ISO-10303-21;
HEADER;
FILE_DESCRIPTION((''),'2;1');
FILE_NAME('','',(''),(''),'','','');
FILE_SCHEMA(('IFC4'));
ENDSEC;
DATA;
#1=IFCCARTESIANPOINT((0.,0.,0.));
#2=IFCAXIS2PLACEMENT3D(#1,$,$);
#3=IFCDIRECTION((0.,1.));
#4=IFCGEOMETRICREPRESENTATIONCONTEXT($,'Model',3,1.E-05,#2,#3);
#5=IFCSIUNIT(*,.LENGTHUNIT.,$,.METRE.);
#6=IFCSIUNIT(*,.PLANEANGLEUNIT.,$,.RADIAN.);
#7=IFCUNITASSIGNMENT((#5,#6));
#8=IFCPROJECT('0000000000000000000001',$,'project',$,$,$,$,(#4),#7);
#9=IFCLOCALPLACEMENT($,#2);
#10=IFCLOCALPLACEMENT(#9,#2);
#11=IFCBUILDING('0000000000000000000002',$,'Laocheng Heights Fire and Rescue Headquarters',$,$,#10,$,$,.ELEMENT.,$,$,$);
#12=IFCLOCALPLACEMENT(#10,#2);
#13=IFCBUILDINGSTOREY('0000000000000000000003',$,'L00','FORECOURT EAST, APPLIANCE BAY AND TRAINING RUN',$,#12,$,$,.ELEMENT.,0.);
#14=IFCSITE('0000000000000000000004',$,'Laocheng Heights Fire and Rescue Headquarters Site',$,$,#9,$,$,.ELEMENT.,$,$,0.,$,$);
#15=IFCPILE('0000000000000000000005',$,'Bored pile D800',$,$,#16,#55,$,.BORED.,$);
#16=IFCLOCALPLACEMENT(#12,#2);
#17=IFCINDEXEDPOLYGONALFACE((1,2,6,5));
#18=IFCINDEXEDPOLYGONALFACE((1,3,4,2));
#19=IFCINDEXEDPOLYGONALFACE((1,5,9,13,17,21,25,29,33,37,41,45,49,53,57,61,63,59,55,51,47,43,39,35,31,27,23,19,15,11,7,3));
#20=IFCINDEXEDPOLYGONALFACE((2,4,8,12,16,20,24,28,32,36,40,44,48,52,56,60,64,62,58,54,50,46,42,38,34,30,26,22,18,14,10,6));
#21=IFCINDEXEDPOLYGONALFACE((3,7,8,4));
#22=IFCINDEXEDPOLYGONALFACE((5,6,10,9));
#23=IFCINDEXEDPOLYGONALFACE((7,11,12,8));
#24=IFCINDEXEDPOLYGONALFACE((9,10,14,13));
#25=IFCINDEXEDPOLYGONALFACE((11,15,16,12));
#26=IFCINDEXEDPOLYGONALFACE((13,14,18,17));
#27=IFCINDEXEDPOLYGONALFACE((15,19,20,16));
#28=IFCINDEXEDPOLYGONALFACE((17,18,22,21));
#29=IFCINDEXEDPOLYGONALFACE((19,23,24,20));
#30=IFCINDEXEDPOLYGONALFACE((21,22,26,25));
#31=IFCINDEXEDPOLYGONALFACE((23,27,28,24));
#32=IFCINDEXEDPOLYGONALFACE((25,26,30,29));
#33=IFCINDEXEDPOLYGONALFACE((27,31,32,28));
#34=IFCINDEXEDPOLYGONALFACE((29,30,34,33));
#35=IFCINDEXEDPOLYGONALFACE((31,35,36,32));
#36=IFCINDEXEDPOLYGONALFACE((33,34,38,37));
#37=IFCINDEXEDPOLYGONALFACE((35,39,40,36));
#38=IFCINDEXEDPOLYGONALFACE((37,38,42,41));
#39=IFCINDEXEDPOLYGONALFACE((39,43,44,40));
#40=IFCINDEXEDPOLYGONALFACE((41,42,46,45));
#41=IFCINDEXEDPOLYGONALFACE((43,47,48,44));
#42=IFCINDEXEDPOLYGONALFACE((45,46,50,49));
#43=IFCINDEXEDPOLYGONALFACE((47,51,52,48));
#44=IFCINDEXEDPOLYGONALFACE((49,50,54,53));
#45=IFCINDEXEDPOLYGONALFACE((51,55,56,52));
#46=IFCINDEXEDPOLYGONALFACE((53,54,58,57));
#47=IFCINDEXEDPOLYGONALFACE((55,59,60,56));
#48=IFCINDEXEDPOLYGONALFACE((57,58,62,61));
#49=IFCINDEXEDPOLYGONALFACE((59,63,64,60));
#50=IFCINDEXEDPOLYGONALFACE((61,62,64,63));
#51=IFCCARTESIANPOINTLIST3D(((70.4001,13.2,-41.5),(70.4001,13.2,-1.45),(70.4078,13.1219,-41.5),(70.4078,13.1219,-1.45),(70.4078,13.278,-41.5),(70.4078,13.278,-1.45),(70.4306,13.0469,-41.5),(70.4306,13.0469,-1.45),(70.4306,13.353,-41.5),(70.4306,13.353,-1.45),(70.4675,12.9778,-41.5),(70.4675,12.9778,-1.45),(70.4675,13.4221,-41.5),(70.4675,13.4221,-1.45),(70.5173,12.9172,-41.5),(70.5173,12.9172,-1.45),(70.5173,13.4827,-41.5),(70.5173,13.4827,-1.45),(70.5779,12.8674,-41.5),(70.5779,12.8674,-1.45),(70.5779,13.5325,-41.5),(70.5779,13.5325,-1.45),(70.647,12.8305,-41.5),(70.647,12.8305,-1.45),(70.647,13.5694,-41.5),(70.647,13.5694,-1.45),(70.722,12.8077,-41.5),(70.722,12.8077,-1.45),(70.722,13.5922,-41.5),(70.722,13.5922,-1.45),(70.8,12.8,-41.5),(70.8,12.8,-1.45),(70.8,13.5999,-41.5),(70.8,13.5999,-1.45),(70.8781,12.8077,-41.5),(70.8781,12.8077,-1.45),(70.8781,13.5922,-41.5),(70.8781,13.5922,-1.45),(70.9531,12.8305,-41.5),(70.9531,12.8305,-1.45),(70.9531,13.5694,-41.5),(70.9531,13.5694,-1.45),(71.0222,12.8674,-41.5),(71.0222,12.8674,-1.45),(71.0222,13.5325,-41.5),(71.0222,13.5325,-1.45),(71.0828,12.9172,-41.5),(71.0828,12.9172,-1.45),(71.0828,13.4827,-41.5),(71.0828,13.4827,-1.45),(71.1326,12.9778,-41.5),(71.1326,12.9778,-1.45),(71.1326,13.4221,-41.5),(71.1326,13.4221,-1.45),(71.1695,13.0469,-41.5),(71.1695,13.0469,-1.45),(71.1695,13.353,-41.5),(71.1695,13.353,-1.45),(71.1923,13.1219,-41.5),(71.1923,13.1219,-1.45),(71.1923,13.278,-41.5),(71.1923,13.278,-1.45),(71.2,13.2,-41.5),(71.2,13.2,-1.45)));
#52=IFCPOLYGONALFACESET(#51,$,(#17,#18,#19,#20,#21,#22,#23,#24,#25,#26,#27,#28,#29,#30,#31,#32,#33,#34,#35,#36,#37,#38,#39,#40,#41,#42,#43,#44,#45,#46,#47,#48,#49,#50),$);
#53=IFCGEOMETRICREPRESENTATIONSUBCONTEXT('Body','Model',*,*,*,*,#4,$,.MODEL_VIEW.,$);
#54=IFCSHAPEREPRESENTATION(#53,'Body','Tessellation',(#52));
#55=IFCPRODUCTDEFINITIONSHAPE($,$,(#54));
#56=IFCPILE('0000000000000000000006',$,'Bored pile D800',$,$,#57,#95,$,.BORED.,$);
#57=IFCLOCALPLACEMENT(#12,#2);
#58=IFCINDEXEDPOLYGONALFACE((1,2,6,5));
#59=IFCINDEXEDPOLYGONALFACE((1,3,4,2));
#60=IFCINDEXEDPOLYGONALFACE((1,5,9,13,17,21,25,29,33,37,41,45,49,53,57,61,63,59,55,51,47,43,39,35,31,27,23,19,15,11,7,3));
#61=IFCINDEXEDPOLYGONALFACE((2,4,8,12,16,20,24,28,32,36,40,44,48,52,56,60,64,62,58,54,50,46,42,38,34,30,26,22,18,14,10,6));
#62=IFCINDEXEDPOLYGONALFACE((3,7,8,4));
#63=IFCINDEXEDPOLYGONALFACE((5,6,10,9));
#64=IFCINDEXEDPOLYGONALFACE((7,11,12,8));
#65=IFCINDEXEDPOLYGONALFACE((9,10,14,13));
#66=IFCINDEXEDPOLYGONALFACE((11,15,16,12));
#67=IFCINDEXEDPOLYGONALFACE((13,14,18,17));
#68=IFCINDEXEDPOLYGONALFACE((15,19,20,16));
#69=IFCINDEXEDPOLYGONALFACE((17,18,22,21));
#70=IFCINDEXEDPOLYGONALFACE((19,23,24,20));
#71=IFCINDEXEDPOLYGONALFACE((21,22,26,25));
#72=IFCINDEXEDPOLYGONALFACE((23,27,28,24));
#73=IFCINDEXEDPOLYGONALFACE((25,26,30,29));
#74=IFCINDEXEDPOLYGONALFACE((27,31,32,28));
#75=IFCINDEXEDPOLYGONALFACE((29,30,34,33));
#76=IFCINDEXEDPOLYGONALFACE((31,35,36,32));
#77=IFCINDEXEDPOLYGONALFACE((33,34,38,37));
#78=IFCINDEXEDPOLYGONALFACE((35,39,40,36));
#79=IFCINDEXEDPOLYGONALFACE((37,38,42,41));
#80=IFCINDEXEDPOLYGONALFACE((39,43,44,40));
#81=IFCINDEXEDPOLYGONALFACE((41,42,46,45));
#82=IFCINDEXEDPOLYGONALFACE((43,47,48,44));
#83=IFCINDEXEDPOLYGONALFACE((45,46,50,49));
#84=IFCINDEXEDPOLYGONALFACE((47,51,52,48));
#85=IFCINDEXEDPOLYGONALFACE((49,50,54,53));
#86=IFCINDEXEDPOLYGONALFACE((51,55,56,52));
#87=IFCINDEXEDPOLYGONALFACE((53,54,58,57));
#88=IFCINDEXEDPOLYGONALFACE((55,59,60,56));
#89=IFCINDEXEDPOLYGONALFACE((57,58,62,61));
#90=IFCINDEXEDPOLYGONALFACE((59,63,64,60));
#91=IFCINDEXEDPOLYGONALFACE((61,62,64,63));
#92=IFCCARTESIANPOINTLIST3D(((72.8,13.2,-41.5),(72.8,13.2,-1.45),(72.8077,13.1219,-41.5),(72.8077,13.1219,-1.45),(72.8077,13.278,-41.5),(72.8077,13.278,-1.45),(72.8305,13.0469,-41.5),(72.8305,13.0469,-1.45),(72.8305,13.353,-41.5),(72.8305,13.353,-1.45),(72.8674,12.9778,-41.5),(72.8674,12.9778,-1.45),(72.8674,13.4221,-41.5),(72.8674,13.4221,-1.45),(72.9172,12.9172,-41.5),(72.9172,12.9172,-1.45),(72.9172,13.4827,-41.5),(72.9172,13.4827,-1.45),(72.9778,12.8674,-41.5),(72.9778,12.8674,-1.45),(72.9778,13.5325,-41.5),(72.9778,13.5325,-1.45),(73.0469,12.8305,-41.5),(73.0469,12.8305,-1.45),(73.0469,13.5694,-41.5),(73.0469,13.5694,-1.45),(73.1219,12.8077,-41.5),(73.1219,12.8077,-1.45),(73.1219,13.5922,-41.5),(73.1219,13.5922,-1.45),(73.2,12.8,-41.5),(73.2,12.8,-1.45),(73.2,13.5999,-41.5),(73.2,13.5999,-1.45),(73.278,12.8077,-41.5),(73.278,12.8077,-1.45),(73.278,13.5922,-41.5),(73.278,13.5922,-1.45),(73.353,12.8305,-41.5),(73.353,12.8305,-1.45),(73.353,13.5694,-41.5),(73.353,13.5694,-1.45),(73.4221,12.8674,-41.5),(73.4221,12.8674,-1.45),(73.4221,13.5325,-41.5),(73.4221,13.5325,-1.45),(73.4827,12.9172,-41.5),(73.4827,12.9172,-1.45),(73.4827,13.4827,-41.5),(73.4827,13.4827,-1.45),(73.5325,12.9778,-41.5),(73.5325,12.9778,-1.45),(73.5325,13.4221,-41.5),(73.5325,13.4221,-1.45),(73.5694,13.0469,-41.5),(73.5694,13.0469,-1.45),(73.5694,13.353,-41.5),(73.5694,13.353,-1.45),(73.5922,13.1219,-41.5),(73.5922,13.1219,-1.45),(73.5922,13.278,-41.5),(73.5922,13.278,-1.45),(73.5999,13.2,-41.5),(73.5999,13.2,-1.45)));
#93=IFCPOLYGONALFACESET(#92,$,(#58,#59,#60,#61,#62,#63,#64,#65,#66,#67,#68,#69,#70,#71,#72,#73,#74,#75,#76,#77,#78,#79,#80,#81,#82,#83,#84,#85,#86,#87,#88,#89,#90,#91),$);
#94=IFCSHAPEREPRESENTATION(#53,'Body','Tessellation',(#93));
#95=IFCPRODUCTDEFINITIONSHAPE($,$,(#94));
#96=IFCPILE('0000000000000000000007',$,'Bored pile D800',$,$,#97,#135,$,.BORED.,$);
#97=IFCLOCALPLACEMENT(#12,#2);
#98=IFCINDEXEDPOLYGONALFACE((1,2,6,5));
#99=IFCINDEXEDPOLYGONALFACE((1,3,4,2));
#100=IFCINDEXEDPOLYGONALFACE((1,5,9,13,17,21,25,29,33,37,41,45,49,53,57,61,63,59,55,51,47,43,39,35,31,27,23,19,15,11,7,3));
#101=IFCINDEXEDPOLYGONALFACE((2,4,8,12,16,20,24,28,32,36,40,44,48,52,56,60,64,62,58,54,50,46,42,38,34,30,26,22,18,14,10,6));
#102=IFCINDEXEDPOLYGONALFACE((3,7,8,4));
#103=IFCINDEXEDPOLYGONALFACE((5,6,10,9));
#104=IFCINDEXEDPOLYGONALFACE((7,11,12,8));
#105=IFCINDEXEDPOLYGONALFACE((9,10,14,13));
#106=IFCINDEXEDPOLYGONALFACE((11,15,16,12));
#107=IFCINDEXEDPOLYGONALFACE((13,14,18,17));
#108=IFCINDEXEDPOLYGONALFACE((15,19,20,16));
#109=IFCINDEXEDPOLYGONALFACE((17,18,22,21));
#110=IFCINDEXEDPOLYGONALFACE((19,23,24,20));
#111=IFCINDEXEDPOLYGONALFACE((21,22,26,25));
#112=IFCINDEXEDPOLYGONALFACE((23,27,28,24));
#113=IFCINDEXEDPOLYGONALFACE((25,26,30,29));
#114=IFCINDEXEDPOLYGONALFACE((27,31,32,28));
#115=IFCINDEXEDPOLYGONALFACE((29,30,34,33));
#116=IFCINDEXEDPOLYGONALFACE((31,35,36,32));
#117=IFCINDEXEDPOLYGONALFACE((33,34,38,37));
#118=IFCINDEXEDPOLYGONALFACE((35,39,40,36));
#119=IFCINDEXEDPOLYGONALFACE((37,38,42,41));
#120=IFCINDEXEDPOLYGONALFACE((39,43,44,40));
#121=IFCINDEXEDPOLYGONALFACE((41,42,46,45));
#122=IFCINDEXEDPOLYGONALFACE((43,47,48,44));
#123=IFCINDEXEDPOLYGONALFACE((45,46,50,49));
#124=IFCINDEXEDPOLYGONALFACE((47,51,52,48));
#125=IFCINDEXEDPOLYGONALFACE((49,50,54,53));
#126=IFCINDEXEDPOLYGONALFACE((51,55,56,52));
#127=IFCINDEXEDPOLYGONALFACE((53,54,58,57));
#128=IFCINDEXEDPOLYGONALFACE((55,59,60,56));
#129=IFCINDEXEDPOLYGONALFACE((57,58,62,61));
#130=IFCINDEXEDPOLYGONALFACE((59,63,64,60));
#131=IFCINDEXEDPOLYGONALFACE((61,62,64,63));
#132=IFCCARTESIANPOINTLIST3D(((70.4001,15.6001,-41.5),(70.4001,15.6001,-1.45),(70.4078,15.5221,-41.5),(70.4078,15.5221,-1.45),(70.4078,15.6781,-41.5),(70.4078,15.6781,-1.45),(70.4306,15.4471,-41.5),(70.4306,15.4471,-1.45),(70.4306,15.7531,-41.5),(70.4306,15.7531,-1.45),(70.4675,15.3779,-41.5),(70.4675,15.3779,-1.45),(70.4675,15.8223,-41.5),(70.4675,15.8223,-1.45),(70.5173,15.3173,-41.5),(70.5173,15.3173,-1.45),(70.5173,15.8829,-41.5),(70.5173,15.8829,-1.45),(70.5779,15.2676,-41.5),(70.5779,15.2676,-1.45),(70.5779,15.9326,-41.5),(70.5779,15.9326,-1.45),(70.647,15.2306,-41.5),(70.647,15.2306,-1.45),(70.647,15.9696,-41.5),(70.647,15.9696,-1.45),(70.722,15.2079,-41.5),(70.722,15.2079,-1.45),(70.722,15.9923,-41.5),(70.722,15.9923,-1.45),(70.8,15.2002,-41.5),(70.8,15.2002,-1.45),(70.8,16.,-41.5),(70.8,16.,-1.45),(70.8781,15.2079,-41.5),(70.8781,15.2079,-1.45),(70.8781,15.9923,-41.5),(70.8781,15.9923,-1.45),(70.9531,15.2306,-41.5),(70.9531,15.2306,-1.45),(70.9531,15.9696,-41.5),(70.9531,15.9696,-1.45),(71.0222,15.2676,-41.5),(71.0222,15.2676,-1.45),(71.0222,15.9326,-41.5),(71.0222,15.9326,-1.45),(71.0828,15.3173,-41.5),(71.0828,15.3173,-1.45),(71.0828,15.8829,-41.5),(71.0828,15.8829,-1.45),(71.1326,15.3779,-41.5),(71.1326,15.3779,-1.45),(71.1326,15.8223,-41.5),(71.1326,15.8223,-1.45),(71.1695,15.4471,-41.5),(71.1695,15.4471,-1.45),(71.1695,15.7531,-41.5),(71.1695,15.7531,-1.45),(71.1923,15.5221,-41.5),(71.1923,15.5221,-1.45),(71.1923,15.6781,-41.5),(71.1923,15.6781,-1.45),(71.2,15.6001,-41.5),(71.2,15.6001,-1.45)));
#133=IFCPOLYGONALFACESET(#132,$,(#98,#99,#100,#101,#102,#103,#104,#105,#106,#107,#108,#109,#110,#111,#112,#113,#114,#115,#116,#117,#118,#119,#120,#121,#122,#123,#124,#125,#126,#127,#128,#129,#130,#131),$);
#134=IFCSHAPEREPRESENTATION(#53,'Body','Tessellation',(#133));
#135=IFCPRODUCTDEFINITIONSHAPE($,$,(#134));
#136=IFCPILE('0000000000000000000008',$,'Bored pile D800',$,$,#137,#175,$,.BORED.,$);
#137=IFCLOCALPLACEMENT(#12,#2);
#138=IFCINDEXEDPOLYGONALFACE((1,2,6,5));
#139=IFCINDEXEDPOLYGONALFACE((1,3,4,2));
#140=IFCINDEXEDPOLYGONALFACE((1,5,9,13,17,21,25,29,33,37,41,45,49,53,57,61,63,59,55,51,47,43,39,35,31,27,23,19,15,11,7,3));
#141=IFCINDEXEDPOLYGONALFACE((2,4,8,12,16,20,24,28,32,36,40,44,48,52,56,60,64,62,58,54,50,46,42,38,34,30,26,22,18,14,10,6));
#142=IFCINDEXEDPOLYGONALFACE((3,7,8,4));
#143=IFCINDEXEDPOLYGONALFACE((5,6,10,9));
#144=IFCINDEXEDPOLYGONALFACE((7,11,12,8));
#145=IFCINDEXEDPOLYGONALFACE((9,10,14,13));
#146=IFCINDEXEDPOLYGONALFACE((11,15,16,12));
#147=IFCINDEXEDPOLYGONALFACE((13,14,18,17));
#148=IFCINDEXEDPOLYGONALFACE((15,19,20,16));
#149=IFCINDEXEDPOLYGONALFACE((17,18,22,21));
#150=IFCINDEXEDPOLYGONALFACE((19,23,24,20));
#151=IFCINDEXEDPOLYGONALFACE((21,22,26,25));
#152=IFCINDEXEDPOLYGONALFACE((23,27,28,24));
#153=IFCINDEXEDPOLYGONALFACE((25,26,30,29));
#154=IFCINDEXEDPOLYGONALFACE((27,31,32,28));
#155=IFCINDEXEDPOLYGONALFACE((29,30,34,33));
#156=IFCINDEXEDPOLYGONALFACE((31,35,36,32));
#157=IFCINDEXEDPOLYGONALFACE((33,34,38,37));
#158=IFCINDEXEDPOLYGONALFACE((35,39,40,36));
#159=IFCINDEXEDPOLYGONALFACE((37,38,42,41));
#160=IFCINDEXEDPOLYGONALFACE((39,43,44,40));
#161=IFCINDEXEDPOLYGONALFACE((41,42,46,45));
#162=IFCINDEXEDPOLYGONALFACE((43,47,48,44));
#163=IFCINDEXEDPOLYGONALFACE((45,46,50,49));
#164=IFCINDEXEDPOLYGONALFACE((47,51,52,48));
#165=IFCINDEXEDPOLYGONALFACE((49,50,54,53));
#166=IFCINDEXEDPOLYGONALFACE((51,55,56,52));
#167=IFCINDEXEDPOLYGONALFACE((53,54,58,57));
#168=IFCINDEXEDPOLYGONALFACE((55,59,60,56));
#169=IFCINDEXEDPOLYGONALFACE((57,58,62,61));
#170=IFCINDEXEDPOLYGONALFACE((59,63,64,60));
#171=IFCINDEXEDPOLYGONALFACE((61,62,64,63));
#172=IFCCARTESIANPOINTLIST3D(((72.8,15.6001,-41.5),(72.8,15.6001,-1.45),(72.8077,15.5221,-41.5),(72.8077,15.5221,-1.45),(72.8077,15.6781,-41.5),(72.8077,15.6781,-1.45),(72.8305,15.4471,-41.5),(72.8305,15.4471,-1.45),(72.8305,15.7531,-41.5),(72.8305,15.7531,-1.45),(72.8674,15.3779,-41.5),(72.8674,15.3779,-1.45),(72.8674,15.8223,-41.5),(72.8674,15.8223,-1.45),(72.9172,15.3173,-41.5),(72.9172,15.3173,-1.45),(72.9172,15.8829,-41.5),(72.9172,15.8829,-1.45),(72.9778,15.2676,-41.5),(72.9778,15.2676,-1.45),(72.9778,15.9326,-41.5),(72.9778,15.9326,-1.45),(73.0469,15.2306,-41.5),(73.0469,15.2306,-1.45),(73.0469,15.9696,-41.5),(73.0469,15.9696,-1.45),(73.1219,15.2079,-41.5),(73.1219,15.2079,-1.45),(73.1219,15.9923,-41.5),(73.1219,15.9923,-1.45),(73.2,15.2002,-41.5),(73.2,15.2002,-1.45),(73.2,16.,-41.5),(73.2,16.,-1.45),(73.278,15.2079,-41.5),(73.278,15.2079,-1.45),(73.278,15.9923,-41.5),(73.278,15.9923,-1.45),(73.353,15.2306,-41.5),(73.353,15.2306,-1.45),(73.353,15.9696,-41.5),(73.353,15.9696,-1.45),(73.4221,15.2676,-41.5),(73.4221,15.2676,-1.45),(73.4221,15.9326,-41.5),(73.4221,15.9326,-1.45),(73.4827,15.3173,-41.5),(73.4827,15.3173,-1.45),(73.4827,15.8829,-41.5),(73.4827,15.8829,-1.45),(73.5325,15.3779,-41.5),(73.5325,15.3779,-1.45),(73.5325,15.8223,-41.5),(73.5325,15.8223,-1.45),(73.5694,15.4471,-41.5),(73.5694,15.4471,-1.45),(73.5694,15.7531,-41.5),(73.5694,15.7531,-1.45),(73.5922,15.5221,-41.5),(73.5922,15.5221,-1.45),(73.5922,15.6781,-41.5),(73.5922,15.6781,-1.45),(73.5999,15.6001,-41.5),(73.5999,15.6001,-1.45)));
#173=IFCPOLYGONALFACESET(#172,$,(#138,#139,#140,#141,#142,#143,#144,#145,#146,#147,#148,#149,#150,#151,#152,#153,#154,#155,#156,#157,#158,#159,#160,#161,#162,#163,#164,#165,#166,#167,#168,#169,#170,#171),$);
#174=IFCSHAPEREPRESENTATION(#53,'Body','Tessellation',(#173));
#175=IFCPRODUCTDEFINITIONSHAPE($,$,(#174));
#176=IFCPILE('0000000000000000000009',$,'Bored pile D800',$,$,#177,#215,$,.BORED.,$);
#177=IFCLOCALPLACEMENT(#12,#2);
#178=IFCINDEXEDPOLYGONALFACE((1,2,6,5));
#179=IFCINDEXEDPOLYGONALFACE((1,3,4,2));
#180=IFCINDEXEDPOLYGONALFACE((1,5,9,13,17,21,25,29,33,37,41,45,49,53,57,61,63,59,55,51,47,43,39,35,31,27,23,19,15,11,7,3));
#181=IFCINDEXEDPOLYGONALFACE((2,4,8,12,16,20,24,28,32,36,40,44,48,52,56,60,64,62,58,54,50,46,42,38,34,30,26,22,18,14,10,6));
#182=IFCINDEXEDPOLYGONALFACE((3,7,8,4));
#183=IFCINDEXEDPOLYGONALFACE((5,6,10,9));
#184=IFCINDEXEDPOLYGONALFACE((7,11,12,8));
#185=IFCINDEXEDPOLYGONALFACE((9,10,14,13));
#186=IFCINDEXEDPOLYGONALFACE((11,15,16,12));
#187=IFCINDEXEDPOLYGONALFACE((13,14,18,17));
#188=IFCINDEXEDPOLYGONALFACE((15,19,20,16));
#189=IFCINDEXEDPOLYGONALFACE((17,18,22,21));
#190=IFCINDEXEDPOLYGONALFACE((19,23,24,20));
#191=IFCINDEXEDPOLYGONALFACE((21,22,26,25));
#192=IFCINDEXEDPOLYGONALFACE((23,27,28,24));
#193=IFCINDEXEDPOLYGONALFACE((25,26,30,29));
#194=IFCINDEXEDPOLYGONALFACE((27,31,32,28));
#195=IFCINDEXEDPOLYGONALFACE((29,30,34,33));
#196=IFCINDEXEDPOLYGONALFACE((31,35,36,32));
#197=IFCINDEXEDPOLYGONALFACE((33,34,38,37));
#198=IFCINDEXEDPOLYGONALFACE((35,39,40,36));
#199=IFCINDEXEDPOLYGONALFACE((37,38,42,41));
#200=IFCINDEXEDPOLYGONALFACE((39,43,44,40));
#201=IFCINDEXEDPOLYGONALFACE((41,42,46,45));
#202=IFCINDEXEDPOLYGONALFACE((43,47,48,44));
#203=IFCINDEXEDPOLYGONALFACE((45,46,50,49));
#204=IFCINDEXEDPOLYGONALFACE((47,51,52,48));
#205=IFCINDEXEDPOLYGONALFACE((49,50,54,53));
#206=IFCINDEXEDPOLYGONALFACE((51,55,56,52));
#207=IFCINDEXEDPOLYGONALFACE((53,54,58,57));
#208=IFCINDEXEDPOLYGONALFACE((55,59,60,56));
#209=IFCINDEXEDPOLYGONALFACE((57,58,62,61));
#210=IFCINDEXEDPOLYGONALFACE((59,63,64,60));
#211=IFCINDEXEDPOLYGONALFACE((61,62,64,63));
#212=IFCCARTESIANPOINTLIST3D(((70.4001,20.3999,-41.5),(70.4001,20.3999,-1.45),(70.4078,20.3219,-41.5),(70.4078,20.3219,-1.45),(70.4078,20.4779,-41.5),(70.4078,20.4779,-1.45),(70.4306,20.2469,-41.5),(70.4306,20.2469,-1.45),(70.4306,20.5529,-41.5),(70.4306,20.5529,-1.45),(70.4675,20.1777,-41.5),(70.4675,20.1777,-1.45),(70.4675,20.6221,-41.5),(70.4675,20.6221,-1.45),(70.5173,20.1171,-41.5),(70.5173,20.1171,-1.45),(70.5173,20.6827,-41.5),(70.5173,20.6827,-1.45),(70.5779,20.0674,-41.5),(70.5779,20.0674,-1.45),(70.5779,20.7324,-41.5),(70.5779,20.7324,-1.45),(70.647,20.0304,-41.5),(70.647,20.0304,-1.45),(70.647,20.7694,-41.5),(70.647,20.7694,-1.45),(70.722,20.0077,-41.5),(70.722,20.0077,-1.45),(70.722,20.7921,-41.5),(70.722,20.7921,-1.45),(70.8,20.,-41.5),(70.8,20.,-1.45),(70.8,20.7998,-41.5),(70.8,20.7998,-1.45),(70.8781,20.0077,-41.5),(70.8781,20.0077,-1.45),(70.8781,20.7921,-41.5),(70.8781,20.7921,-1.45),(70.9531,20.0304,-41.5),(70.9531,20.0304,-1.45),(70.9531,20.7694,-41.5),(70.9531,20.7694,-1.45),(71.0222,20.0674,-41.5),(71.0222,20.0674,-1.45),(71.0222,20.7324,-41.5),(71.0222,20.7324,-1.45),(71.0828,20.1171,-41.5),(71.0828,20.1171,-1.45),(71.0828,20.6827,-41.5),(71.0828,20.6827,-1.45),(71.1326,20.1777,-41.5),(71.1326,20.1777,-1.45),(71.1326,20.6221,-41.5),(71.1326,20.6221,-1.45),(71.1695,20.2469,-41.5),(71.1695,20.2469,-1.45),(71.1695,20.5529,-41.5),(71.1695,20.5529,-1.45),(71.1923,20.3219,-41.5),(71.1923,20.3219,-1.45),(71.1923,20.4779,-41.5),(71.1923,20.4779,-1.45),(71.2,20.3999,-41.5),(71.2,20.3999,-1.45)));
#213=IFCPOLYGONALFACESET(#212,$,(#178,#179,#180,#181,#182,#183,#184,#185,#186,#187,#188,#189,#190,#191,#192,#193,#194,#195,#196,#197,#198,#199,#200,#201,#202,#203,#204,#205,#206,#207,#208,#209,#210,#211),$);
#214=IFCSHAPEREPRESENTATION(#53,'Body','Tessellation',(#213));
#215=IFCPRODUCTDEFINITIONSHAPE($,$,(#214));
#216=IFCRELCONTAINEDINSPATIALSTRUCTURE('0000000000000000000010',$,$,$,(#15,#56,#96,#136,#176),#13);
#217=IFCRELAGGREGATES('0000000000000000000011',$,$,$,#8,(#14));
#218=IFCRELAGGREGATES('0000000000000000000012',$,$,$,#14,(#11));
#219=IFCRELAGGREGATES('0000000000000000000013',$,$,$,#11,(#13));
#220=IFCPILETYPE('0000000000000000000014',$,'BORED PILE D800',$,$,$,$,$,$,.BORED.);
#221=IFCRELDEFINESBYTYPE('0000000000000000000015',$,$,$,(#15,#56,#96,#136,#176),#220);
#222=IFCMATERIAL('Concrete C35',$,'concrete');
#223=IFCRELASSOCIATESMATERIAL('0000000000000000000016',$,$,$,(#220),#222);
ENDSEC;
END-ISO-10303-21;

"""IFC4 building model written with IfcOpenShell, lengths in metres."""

from ifc_helpers import new_model, si_unit, direction, frame, origin, origin_2d, place, context, subcontext, project, spatial, circle, extrude, material, material_profile, profile_set, type_object, element, save


model = new_model("IFC4")

# Units and contexts
model_context = context("Model", 3, precision=1e-05, world=origin(), true_north=direction((0.0, 1.0)))
body_context = subcontext(model_context, "Body", "Model", "MODEL_VIEW")
ifc_project = project(units=[si_unit("LENGTHUNIT", "METRE"), si_unit("PLANEANGLEUNIT", "RADIAN")], contexts=[model_context])

# Site, building, storey
site_placement = place(None, origin())
site = spatial("IfcSite", under=ifc_project, at=site_placement, Name="Laocheng Heights Fire and Rescue Headquarters Site", CompositionType="ELEMENT", RefElevation=0.0)
building_placement = place(site_placement, origin())
building = spatial("IfcBuilding", under=site, at=building_placement, Name="Laocheng Heights Fire and Rescue Headquarters", CompositionType="ELEMENT")
storey_placement = place(building_placement, origin())
storey = spatial("IfcBuildingStorey", under=building, at=storey_placement, Name="L00", Description="FORECOURT EAST, APPLIANCE BAY AND TRAINING RUN", CompositionType="ELEMENT", Elevation=0.0)

# Piles
ifc_material_1 = material(Name="Concrete C35", Category="concrete")
ifc_material_profile_1 = material_profile(ifc_material_1, circle(Radius=0.3999, at=origin_2d()), Name="BORED PILE D800")
ifc_profile_set_1 = profile_set([ifc_material_profile_1], Name="Concrete C35")
pile_type = type_object("IfcPileType", Name="BORED PILE D800", PredefinedType="BORED", material=ifc_profile_set_1)
for number, where, z_axis, x_axis, name in (
    (1, (70.8, 13.2, -1.45), (0.0, 0.0, -1.0), (1.0, 0.0, 0.0), "Bored pile D800"),
    (2, (73.2, 13.2, -1.45), (0.0, 0.0, -1.0), (1.0, 0.0, 0.0), "Bored pile D800"),
    (3, (70.8, 15.6001, -1.45), (0.0, 0.0, -1.0), (1.0, 0.0, 0.0), "Bored pile D800"),
    (4, (73.2, 15.6001, -1.45), (0.0, 0.0, -1.0), (1.0, 0.0, 0.0), "Bored pile D800"),
    (5, (70.8, 20.3999, -1.45), (0.0, 0.0, -1.0), (1.0, 0.0, 0.0), "Bored pile D800"),
):
    element("IfcPile", number, at=place(storey_placement, frame(where, z_axis=z_axis, x_axis=x_axis)), inside=storey, type_object=pile_type, Name=name, PredefinedType="BORED", context=body_context, shape_type="SweptSolid", body=[
        extrude(circle(Radius=0.3999, at=origin_2d()), origin(), (0.0, 0.0, 1.0), 40.05),
    ])

save(model, "model.ifc")
